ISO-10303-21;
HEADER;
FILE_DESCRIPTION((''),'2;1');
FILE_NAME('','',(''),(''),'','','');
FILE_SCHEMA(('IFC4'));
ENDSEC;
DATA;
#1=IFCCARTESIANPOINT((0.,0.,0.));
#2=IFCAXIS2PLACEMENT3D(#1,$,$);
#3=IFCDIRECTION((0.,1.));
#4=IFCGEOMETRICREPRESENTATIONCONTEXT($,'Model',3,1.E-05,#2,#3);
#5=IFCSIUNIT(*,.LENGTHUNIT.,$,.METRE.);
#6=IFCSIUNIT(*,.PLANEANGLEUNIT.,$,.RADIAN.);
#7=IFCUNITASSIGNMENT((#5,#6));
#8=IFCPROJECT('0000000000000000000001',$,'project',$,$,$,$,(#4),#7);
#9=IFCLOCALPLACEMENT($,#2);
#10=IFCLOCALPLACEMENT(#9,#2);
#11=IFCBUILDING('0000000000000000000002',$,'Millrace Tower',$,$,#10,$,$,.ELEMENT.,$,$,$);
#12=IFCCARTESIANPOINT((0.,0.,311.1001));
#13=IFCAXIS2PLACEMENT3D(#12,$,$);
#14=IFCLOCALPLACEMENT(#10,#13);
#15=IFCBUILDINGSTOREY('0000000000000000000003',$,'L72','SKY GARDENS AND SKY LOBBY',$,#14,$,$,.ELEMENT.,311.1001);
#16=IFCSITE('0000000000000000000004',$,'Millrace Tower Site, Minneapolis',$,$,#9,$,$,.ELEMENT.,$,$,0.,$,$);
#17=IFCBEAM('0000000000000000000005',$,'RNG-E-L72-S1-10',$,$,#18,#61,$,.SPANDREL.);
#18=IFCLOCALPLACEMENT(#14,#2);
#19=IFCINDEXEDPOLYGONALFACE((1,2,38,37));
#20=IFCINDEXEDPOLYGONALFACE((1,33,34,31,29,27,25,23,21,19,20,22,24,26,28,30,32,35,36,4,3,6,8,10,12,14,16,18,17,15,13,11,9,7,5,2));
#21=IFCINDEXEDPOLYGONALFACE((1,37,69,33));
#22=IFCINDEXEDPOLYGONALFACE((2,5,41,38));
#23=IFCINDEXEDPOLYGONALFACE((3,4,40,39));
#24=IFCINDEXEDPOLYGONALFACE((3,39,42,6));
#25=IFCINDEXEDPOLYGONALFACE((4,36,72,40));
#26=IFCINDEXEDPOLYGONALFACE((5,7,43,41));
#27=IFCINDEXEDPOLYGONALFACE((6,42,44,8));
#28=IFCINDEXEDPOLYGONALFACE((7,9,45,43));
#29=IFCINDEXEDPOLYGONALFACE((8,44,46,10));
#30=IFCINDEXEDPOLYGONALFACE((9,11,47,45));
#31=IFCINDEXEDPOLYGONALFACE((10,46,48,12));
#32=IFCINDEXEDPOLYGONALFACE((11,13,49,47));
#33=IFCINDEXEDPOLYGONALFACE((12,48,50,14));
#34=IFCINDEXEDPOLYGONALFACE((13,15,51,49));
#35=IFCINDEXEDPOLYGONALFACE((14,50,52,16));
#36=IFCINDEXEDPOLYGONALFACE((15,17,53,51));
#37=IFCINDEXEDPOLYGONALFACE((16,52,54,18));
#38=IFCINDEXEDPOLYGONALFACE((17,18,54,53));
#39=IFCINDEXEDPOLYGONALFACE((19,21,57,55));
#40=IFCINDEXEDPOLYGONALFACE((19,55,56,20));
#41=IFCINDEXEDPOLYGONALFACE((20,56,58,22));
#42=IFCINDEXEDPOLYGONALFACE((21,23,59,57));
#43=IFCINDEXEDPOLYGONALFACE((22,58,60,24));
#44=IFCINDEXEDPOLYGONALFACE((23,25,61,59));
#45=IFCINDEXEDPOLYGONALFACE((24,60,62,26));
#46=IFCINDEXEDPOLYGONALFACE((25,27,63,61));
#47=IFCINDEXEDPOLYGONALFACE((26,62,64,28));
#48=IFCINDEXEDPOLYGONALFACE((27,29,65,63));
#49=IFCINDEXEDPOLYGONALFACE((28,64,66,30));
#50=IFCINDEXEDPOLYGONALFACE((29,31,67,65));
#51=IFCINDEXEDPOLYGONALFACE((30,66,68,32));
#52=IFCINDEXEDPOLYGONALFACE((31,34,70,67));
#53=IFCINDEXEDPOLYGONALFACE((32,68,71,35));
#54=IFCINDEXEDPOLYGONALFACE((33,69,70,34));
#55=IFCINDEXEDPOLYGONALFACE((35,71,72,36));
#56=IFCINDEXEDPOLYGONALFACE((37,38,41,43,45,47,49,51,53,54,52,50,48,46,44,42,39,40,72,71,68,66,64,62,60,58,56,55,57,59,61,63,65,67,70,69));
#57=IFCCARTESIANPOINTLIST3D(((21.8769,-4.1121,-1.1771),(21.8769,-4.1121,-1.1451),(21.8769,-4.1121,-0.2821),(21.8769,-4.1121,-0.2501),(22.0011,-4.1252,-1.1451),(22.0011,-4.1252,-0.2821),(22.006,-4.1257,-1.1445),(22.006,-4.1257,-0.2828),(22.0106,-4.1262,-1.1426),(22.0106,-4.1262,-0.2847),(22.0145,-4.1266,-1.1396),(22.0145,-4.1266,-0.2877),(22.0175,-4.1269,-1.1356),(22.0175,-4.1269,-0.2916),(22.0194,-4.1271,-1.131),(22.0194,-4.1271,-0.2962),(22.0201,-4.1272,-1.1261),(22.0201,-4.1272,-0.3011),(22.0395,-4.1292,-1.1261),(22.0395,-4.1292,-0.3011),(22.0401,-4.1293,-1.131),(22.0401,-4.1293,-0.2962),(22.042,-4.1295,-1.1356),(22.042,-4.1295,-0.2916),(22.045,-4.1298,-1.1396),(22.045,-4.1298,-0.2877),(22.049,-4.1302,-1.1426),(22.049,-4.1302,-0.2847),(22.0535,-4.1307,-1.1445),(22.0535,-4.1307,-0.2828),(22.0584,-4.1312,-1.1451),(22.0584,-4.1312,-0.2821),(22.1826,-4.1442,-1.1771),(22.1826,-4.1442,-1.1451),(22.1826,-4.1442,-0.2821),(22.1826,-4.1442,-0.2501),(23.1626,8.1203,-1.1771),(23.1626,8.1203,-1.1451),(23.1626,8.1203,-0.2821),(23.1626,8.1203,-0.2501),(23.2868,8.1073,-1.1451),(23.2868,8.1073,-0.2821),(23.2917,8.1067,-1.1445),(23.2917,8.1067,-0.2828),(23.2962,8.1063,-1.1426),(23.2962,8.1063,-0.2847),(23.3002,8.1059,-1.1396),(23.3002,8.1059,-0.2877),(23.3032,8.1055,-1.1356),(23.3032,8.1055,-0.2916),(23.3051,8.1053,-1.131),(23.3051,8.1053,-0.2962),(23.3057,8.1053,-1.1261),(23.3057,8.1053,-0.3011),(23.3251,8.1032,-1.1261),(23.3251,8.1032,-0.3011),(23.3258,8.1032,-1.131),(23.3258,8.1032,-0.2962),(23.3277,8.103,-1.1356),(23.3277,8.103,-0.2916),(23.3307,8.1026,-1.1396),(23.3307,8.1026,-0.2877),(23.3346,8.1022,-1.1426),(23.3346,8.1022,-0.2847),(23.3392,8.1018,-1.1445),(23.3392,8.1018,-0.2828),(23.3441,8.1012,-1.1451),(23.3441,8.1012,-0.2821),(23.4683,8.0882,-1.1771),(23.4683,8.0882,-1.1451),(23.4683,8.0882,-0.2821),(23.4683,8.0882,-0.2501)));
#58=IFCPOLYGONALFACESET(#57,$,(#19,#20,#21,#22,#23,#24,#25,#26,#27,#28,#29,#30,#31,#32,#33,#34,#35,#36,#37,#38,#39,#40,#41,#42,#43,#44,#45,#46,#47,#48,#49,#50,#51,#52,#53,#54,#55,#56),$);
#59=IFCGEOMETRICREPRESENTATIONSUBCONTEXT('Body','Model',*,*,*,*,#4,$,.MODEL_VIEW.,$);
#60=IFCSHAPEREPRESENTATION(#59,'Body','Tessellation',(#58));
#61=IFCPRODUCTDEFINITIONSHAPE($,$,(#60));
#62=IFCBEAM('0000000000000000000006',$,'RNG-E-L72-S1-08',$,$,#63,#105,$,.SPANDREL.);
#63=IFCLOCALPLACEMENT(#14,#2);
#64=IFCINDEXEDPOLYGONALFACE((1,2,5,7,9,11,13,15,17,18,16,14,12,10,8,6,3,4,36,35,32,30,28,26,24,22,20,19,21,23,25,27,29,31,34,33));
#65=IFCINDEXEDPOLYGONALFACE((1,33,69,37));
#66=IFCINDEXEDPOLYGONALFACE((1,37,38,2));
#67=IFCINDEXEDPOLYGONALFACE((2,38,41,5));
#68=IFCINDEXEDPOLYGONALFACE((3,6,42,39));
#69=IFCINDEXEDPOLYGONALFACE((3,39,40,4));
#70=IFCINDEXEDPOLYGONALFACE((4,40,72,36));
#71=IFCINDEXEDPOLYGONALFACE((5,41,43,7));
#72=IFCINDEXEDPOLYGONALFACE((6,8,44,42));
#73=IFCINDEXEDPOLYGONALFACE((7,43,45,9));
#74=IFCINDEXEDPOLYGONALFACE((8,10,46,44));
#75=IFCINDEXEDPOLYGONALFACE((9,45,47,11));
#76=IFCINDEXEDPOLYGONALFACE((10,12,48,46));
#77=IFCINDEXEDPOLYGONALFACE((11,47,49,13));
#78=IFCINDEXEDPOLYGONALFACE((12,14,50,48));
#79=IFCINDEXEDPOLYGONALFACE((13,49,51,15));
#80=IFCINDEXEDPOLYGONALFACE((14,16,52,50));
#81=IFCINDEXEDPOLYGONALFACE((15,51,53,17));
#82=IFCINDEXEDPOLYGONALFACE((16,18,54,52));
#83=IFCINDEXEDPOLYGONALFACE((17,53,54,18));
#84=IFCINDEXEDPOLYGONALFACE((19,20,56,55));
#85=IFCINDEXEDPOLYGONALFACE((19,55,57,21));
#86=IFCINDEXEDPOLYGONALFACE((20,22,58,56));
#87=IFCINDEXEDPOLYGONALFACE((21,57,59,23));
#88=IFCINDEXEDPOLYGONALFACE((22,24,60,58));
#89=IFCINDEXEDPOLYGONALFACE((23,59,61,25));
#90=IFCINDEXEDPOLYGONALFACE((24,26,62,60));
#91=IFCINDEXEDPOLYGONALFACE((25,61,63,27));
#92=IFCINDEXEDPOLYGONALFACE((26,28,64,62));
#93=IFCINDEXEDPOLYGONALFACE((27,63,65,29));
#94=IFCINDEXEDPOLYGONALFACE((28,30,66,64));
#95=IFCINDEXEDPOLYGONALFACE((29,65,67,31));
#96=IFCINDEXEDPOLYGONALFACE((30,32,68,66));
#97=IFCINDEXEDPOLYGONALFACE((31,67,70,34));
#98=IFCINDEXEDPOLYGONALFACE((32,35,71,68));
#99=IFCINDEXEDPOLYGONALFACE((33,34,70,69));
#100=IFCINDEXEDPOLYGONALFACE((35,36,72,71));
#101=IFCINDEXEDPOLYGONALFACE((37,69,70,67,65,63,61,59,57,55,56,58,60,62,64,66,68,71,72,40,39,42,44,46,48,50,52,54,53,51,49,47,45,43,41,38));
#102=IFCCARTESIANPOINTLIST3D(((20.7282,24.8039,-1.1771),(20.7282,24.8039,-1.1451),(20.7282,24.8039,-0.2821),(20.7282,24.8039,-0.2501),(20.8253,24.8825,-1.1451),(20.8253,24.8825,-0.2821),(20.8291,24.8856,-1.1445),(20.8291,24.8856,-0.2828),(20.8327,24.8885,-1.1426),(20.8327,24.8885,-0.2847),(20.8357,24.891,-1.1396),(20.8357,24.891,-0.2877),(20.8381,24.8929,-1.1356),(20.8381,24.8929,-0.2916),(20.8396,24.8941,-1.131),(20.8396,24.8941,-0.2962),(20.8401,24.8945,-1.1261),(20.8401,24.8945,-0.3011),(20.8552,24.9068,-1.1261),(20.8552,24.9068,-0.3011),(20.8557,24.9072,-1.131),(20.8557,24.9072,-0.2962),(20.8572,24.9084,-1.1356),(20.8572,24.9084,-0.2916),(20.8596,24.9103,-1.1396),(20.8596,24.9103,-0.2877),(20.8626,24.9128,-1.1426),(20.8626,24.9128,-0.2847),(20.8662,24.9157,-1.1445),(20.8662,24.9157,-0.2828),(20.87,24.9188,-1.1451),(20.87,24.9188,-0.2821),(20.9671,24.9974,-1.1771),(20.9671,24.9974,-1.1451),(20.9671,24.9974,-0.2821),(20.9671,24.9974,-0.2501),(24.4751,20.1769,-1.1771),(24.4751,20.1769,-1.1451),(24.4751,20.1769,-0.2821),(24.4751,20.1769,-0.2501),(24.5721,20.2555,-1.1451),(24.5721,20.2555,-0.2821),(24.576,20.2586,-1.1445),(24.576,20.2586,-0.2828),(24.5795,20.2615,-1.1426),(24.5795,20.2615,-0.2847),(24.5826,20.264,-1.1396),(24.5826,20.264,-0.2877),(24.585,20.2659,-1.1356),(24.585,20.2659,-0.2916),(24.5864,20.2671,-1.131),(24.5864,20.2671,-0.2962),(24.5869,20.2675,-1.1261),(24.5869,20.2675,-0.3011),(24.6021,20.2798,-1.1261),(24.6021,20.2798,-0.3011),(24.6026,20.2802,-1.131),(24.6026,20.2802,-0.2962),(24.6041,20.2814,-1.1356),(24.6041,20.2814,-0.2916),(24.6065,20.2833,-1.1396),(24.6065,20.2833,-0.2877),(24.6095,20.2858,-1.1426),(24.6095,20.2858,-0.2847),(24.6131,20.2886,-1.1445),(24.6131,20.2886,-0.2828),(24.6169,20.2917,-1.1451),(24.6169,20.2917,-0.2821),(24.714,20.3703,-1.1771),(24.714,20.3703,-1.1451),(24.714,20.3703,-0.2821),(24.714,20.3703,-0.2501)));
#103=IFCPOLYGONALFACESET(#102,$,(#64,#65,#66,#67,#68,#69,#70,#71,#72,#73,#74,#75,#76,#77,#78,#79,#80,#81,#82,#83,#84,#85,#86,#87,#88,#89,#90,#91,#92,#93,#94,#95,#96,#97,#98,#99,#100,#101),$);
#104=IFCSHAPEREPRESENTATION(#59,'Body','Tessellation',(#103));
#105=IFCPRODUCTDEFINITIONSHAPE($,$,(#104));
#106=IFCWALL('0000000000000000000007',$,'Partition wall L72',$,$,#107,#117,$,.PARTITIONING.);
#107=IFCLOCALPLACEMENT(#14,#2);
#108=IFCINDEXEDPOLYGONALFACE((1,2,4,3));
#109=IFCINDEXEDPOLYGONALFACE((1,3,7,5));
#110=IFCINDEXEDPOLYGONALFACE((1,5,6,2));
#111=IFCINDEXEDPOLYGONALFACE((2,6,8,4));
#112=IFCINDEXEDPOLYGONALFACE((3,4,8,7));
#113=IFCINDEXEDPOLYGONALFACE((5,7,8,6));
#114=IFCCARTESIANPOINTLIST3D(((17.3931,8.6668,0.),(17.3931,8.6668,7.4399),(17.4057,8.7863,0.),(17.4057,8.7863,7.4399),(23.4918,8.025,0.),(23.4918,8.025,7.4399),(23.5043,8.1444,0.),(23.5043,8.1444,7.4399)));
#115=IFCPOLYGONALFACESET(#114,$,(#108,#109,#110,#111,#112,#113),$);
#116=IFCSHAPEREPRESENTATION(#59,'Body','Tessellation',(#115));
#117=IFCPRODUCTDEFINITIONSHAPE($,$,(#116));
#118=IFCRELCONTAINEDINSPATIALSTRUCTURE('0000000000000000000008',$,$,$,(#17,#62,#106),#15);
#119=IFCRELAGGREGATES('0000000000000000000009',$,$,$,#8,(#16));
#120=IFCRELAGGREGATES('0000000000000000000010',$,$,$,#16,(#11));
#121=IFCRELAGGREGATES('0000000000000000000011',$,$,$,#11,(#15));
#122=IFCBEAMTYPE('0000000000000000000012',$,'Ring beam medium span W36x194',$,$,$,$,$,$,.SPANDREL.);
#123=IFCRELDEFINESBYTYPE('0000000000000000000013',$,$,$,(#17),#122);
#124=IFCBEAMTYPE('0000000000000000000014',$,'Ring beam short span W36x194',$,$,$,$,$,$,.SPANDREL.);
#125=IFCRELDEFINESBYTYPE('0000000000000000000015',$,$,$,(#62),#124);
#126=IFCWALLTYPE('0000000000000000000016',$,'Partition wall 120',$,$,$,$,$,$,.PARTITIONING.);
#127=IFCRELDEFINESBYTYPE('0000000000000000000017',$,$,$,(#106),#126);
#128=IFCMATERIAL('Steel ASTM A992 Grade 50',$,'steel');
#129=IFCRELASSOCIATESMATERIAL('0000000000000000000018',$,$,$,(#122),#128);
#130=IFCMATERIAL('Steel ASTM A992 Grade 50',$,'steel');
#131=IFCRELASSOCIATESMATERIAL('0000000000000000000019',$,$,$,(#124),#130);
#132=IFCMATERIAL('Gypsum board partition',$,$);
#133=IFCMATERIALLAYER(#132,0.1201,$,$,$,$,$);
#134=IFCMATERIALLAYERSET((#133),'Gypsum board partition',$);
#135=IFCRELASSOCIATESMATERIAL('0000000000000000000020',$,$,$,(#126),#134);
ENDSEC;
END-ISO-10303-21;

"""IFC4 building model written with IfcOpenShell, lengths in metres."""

from ifc_helpers import new_model, si_unit, direction, frame, frame_2d, origin, origin_2d, place, context, subcontext, project, spatial, rectangle, i_section, extrude, material, layer, layer_set, material_profile, profile_set, type_object, element, save


model = new_model("IFC4")

# Units and contexts
model_context = context("Model", 3, precision=1e-05, world=origin(), true_north=direction((0.0, 1.0)))
body_context = subcontext(model_context, "Body", "Model", "MODEL_VIEW")
ifc_project = project(units=[si_unit("LENGTHUNIT", "METRE"), si_unit("PLANEANGLEUNIT", "RADIAN")], contexts=[model_context])

# Site, building, storey
site_placement = place(None, origin())
site = spatial("IfcSite", under=ifc_project, at=site_placement, Name="Millrace Tower Site, Minneapolis", CompositionType="ELEMENT", RefElevation=0.0)
building_placement = place(site_placement, origin())
building = spatial("IfcBuilding", under=site, at=building_placement, Name="Millrace Tower", CompositionType="ELEMENT")
storey_placement = place(building_placement, frame((0.0, 0.0, 311.1001)))
storey = spatial("IfcBuildingStorey", under=building, at=storey_placement, Name="L72", Description="SKY GARDENS AND SKY LOBBY", CompositionType="ELEMENT", Elevation=311.1001)

# Beams
ifc_material_1 = material(Name="Steel ASTM A992 Grade 50", Category="steel")
ifc_material_profile_1 = material_profile(ifc_material_1, i_section(OverallWidth=0.3074, OverallDepth=0.927, WebThickness=0.0195, FlangeThickness=0.032, FilletRadius=0.019, at=origin_2d()))
ifc_profile_set_1 = profile_set([ifc_material_profile_1], Name="Steel ASTM A992 Grade 50")
beam_type_1 = type_object("IfcBeamType", Name="Ring beam medium span W36x194", PredefinedType="SPANDREL", material=ifc_profile_set_1)
beam_1_placement = place(storey_placement, frame((23.3154, 8.1042, -0.7136), z_axis=(-0.104526, -0.994522, 0.0), x_axis=(0.994522, -0.104526, 0.0)))
element("IfcBeam", 1, at=beam_1_placement, inside=storey, type_object=beam_type_1, Name="RNG-E-L72-S1-10", PredefinedType="SPANDREL", context=body_context, shape_type="SweptSolid", body=[
    extrude(i_section(OverallWidth=0.3074, OverallDepth=0.927, WebThickness=0.0195, FlangeThickness=0.032, FilletRadius=0.019, at=origin_2d()), origin(), (0.0, 0.0, 1.0), 12.2998),
])
ifc_material_2 = material(Name="Steel ASTM A992 Grade 50", Category="steel")
ifc_material_profile_2 = material_profile(ifc_material_2, i_section(OverallWidth=0.3074, OverallDepth=0.927, WebThickness=0.0195, FlangeThickness=0.032, FilletRadius=0.019, at=origin_2d()))
ifc_profile_set_2 = profile_set([ifc_material_profile_2], Name="Steel ASTM A992 Grade 50")
beam_type_2 = type_object("IfcBeamType", Name="Ring beam short span W36x194", PredefinedType="SPANDREL", material=ifc_profile_set_2)
beam_2_placement = place(storey_placement, frame((20.8477, 24.9006, -0.7136), z_axis=(0.62932, -0.777147, 0.0), x_axis=(0.777147, 0.62932, 0.0)))
element("IfcBeam", 2, at=beam_2_placement, inside=storey, type_object=beam_type_2, Name="RNG-E-L72-S1-08", PredefinedType="SPANDREL", context=body_context, shape_type="SweptSolid", body=[
    extrude(i_section(OverallWidth=0.3074, OverallDepth=0.927, WebThickness=0.0195, FlangeThickness=0.032, FilletRadius=0.019, at=origin_2d()), origin(), (0.0, 0.0, 1.0), 5.9539),
])

# Wall
ifc_material_3 = material(Name="Gypsum board partition")
ifc_layer_1 = layer(ifc_material_3, 0.1201)
ifc_layer_set_1 = layer_set([ifc_layer_1], Name="Gypsum board partition")
wall_type = type_object("IfcWallType", Name="Partition wall 120", PredefinedType="PARTITIONING", material=ifc_layer_set_1)
wall_placement = place(storey_placement, frame((17.3994, 8.7266, 0.0), z_axis=(0.0, 0.0, 1.0), x_axis=(0.994507, -0.104666, 0.0)))
element("IfcWall", 3, at=wall_placement, inside=storey, type_object=wall_type, Name="Partition wall L72", PredefinedType="PARTITIONING", context=body_context, shape_type="SweptSolid", body=[
    extrude(rectangle(XDim=6.1323, YDim=0.1201, at=frame_2d((3.0662, 0.0))), origin(), (0.0, 0.0, 1.0), 7.4399),
])

save(model, "model.ifc")
